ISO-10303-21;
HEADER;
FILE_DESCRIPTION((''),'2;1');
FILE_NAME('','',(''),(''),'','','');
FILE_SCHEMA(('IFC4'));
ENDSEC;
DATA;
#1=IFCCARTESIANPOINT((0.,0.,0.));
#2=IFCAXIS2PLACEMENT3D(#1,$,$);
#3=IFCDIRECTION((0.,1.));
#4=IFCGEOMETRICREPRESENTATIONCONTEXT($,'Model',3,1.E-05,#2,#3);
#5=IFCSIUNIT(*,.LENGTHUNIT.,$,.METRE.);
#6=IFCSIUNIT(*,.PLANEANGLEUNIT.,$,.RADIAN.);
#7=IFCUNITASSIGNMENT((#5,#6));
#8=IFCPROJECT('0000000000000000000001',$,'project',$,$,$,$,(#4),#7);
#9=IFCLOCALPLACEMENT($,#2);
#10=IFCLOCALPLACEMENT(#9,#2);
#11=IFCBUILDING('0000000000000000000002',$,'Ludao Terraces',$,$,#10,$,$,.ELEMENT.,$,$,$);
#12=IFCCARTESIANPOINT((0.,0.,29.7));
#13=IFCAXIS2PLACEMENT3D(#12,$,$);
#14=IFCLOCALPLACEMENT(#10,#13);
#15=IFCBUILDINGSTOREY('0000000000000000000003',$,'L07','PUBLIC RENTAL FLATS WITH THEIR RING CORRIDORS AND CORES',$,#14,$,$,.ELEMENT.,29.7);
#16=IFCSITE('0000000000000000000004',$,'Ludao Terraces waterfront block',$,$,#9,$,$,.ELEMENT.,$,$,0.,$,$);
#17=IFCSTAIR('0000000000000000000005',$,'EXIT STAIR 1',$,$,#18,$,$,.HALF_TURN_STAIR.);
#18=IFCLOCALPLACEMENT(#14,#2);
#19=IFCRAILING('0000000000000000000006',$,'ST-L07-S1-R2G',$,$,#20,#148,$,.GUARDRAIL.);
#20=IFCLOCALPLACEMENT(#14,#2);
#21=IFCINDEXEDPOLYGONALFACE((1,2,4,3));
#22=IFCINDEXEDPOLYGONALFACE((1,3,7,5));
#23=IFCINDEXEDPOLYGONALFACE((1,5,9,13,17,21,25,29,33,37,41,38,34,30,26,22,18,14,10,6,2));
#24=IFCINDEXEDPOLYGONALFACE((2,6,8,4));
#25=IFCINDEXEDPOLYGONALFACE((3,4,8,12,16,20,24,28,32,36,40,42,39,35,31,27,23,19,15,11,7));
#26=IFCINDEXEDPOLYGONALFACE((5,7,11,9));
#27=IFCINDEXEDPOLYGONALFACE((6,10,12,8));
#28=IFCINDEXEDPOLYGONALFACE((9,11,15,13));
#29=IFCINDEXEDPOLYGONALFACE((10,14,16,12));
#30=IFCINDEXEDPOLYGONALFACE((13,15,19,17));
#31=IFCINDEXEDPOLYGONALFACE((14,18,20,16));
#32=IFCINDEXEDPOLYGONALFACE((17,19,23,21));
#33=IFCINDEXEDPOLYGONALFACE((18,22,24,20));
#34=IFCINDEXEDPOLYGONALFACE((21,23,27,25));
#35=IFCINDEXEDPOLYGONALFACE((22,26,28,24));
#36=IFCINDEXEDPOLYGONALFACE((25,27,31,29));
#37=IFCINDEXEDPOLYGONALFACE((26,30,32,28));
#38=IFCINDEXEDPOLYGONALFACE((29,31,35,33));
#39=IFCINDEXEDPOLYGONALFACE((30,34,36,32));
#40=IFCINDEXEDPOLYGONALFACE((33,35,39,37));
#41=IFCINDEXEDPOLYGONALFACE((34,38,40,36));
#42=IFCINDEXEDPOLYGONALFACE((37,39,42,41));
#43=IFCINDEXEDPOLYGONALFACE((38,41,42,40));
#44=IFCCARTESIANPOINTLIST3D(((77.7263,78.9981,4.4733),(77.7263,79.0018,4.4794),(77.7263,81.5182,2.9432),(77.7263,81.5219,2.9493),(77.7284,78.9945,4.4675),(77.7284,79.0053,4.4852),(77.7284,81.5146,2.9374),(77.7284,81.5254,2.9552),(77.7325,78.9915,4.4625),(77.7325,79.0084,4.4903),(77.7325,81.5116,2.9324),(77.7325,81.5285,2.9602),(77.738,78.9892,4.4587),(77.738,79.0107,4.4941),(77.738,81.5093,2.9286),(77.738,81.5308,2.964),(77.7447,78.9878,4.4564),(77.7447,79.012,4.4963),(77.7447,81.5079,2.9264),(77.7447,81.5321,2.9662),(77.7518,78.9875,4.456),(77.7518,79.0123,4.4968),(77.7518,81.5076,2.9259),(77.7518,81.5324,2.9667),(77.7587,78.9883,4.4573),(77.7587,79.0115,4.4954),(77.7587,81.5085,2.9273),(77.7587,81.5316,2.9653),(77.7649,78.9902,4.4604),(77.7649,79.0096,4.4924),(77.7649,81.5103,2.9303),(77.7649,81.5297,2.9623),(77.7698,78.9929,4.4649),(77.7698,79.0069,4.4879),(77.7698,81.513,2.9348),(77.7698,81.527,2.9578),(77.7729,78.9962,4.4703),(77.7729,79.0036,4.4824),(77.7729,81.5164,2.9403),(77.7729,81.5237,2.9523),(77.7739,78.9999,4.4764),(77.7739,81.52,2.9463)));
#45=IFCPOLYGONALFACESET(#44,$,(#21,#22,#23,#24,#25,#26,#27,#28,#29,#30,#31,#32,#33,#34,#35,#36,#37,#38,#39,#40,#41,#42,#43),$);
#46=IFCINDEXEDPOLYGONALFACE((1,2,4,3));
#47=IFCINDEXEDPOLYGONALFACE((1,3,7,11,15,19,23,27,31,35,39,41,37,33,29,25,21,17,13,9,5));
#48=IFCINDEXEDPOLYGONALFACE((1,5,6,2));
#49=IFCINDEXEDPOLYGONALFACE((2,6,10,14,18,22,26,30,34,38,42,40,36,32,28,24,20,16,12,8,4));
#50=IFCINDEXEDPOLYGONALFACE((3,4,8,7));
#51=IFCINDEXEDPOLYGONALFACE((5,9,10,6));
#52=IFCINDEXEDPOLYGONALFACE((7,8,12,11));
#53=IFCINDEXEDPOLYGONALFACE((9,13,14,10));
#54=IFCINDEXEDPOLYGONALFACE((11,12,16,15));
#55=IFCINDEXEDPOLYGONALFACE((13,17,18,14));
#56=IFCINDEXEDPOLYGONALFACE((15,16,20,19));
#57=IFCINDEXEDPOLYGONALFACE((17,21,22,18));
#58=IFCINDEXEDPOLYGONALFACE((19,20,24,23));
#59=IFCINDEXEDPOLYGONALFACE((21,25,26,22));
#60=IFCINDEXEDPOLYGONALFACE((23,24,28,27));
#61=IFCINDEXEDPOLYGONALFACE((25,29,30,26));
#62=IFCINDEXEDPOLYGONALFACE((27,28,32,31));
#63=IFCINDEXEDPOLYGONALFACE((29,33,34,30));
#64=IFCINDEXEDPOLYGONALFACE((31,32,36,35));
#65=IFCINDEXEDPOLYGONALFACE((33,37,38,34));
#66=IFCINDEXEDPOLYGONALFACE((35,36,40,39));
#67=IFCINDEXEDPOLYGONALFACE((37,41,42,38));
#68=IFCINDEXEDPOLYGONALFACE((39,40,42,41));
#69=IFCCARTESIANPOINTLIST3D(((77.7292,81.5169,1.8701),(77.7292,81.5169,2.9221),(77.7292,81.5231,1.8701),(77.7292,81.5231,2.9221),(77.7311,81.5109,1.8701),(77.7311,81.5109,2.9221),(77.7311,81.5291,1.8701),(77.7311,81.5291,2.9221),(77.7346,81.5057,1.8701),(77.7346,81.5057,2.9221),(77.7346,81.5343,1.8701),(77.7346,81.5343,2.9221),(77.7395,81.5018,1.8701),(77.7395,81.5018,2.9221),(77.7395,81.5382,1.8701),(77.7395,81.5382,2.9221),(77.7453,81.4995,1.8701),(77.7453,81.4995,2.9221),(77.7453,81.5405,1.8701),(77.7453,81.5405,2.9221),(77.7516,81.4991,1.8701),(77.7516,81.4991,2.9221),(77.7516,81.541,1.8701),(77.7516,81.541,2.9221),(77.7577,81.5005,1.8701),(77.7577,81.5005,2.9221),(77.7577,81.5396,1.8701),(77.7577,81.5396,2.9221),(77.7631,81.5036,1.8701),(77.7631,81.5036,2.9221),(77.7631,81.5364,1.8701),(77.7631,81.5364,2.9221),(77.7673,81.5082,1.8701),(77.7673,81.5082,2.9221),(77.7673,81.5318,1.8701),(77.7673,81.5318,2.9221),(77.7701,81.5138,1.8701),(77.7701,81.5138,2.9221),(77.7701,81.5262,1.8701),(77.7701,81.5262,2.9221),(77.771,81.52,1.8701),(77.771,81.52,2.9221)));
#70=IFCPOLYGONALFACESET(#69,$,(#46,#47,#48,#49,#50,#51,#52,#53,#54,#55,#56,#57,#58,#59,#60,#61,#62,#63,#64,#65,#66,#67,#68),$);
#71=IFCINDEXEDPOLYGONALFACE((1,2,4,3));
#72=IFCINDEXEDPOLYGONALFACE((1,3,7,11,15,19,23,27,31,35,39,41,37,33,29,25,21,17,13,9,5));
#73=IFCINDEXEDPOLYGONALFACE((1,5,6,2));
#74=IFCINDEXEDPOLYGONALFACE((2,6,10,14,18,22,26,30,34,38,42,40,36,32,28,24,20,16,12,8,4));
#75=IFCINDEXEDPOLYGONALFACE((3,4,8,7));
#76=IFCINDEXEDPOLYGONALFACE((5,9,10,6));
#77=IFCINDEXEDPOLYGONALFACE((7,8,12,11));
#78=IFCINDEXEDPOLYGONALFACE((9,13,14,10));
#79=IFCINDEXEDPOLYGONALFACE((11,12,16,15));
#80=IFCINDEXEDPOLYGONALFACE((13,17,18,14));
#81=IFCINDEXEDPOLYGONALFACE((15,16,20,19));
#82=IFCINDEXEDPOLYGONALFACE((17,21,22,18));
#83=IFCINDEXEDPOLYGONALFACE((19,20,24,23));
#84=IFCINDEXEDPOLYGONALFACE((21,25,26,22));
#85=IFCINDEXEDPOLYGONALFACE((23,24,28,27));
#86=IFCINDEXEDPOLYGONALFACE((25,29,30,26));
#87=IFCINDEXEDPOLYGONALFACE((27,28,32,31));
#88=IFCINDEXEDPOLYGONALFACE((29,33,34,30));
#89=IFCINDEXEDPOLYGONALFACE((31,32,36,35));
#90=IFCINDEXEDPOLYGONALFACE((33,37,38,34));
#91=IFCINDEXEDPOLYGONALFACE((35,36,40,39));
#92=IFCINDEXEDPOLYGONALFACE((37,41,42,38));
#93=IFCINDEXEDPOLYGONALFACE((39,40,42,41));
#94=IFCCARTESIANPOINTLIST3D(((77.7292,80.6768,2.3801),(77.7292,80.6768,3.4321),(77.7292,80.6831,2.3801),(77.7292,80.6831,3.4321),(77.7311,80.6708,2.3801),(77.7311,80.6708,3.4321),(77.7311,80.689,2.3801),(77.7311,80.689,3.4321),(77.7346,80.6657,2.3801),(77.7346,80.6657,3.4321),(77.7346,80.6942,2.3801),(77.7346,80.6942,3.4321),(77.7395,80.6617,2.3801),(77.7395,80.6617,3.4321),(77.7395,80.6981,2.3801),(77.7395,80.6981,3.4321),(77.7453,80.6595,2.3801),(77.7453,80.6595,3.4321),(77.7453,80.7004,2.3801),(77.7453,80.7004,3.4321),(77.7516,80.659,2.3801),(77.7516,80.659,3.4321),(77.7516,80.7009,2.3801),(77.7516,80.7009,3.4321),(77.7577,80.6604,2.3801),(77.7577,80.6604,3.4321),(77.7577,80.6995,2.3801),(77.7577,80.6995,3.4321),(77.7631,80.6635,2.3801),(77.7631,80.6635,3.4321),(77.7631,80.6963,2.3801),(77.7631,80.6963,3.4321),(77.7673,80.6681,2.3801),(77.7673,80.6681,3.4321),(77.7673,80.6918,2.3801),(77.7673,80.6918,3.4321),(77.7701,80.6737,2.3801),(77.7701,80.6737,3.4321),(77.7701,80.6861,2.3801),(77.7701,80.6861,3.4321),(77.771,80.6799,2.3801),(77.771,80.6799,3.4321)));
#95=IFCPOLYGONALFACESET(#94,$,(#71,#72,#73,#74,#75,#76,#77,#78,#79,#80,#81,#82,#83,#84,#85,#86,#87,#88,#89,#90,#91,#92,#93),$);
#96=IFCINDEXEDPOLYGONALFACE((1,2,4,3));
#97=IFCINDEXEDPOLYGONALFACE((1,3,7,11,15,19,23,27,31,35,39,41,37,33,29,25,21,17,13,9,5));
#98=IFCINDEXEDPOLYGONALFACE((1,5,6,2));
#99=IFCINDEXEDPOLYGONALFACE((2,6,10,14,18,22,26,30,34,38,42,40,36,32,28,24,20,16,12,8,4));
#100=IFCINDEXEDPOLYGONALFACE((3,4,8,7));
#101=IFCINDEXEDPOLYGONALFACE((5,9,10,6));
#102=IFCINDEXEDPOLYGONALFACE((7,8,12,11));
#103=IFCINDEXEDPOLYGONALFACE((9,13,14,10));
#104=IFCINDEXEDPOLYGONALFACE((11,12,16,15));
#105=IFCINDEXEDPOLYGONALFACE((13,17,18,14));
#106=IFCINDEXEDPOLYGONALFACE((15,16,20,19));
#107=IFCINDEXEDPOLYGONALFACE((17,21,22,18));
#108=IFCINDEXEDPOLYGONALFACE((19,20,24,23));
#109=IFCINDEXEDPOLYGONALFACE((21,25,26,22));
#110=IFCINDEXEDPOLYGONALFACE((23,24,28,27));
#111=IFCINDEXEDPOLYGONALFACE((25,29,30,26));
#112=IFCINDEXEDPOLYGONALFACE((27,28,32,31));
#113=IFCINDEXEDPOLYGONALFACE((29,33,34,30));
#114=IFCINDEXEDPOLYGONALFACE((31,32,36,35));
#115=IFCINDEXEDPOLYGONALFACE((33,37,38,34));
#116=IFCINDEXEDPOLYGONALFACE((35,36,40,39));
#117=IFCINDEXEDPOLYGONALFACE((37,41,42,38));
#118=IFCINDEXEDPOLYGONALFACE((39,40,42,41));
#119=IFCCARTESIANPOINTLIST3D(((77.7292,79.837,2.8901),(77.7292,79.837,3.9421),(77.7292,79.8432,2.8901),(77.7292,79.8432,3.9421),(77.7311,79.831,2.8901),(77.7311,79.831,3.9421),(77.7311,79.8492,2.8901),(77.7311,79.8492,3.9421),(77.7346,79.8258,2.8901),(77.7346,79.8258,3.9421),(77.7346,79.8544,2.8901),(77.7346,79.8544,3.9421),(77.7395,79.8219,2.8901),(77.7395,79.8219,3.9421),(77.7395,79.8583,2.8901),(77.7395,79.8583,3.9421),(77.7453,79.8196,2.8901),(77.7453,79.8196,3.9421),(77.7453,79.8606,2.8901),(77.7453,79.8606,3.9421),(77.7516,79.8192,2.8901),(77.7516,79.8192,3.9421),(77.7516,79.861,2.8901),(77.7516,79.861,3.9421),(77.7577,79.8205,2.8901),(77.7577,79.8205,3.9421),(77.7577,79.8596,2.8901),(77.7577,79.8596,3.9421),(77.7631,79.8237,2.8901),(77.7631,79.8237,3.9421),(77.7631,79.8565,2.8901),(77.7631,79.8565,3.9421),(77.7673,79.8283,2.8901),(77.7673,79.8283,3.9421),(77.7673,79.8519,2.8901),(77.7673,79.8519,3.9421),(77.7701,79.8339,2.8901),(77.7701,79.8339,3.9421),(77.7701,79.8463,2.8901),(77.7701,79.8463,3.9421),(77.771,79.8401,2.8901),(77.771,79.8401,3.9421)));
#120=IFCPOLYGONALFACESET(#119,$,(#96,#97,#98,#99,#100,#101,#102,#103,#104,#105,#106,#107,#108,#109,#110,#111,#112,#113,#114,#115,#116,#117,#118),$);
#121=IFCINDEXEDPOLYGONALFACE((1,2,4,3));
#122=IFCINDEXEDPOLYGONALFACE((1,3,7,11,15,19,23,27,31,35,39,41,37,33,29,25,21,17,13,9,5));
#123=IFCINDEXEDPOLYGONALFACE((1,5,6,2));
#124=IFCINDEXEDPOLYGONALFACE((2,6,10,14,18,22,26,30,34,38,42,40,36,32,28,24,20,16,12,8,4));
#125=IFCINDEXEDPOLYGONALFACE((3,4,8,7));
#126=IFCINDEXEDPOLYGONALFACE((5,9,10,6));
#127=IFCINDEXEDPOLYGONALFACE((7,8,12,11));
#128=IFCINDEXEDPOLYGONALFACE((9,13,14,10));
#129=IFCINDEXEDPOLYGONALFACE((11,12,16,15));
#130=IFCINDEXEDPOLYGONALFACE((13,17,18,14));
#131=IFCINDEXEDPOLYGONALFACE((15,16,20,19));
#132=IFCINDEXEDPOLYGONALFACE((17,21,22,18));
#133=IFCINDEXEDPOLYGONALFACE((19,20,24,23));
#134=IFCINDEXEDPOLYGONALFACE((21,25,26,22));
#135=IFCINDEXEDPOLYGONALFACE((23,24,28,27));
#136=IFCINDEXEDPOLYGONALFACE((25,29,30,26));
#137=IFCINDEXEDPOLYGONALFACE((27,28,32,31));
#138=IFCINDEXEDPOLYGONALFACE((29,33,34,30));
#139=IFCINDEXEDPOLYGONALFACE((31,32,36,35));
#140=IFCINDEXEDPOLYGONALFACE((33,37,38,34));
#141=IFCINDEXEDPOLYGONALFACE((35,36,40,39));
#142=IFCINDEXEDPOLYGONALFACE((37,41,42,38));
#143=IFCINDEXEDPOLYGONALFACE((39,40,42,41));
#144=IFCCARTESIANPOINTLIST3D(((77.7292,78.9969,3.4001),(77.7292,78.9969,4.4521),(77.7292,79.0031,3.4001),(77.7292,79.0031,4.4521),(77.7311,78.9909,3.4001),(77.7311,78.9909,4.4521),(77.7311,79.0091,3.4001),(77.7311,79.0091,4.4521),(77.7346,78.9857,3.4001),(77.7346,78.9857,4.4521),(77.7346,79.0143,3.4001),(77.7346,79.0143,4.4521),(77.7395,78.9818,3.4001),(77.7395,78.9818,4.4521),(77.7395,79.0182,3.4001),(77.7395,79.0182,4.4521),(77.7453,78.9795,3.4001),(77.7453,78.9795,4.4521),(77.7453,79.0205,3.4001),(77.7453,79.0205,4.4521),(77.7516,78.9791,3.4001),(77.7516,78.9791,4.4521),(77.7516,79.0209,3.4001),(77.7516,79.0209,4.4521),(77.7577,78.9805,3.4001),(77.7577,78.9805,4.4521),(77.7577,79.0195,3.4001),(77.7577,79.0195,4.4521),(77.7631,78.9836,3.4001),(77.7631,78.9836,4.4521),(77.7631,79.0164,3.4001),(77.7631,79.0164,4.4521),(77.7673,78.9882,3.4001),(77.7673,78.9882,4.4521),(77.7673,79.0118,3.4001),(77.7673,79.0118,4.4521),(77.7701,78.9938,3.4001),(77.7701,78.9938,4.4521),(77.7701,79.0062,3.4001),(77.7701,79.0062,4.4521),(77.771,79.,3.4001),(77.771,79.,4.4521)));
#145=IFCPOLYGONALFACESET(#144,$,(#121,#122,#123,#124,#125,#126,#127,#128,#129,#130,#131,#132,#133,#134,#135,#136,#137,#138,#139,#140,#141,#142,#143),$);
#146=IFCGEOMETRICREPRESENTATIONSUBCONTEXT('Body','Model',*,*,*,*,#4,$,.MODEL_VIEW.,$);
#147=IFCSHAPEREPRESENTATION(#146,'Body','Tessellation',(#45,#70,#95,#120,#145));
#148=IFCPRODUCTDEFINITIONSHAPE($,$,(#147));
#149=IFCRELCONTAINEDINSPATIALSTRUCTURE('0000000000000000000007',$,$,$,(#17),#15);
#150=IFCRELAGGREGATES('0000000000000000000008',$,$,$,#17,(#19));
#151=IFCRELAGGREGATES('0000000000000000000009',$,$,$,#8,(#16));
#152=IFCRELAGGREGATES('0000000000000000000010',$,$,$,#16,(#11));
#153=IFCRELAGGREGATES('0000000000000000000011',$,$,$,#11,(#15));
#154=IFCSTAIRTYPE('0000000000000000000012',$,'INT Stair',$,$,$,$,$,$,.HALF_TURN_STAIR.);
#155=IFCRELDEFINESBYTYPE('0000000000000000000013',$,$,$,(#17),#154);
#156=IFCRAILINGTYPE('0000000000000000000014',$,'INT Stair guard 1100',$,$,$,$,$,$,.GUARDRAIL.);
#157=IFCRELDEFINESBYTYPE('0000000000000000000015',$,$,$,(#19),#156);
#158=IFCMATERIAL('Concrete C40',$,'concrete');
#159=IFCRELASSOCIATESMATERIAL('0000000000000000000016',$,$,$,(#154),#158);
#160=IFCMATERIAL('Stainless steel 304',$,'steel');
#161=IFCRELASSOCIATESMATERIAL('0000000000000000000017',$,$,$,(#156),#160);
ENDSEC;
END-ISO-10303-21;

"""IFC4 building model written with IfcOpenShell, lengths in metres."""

from ifc_helpers import new_model, si_unit, direction, frame, origin, origin_2d, place, context, subcontext, project, spatial, circle, extrude, material, type_object, element, aggregate, save


model = new_model("IFC4")

# Units and contexts
model_context = context("Model", 3, precision=1e-05, world=origin(), true_north=direction((0.0, 1.0)))
body_context = subcontext(model_context, "Body", "Model", "MODEL_VIEW")
ifc_project = project(units=[si_unit("LENGTHUNIT", "METRE"), si_unit("PLANEANGLEUNIT", "RADIAN")], contexts=[model_context])

# Site, building, storey
site_placement = place(None, origin())
site = spatial("IfcSite", under=ifc_project, at=site_placement, Name="Ludao Terraces waterfront block", CompositionType="ELEMENT", RefElevation=0.0)
building_placement = place(site_placement, origin())
building = spatial("IfcBuilding", under=site, at=building_placement, Name="Ludao Terraces", CompositionType="ELEMENT")
storey_placement = place(building_placement, frame((0.0, 0.0, 29.7)))
storey = spatial("IfcBuildingStorey", under=building, at=storey_placement, Name="L07", Description="PUBLIC RENTAL FLATS WITH THEIR RING CORRIDORS AND CORES", CompositionType="ELEMENT", Elevation=29.7)

# Shared definitions
ifc_material_1 = material(Name="Concrete C40", Category="concrete")

# Shared definitions
ifc_material_2 = material(Name="Stainless steel 304", Category="steel")

# Stair, railing
stair_type = type_object("IfcStairType", Name="INT Stair", PredefinedType="HALF_TURN_STAIR", material=ifc_material_1)
stair_placement = place(storey_placement, origin())
stair = element("IfcStair", 1, at=stair_placement, inside=storey, type_object=stair_type, Name="EXIT STAIR 1", PredefinedType="HALF_TURN_STAIR")
railing_type_1 = type_object("IfcRailingType", Name="INT Stair guard 1100", PredefinedType="GUARDRAIL", material=ifc_material_2)
railing_1_placement = place(storey_placement, frame((77.75, 81.52, 1.8701)))
railing_1 = element("IfcRailing", 2, at=railing_1_placement, type_object=railing_type_1, Name="ST-L07-S1-R2G", PredefinedType="GUARDRAIL", context=body_context, shape_type="SweptSolid", body=[
    extrude(circle(Radius=0.0239, at=origin_2d()), frame((0.0, 0.0, 1.0762), z_axis=(0.0, -0.854785, 0.518982), x_axis=(1.0, 0.0, 0.0)), (0.0, 0.0, 1.0), 2.9482),
    extrude(circle(Radius=0.021, at=origin_2d()), origin(), (0.0, 0.0, 1.0), 1.052),
    extrude(circle(Radius=0.021, at=origin_2d()), frame((0.0, -0.8401, 0.51)), (0.0, 0.0, 1.0), 1.052),
    extrude(circle(Radius=0.021, at=origin_2d()), frame((0.0, -1.6799, 1.02)), (0.0, 0.0, 1.0), 1.052),
    extrude(circle(Radius=0.021, at=origin_2d()), frame((0.0, -2.52, 1.53)), (0.0, 0.0, 1.0), 1.052),
])
aggregate(stair, [railing_1])

save(model, "model.ifc")
